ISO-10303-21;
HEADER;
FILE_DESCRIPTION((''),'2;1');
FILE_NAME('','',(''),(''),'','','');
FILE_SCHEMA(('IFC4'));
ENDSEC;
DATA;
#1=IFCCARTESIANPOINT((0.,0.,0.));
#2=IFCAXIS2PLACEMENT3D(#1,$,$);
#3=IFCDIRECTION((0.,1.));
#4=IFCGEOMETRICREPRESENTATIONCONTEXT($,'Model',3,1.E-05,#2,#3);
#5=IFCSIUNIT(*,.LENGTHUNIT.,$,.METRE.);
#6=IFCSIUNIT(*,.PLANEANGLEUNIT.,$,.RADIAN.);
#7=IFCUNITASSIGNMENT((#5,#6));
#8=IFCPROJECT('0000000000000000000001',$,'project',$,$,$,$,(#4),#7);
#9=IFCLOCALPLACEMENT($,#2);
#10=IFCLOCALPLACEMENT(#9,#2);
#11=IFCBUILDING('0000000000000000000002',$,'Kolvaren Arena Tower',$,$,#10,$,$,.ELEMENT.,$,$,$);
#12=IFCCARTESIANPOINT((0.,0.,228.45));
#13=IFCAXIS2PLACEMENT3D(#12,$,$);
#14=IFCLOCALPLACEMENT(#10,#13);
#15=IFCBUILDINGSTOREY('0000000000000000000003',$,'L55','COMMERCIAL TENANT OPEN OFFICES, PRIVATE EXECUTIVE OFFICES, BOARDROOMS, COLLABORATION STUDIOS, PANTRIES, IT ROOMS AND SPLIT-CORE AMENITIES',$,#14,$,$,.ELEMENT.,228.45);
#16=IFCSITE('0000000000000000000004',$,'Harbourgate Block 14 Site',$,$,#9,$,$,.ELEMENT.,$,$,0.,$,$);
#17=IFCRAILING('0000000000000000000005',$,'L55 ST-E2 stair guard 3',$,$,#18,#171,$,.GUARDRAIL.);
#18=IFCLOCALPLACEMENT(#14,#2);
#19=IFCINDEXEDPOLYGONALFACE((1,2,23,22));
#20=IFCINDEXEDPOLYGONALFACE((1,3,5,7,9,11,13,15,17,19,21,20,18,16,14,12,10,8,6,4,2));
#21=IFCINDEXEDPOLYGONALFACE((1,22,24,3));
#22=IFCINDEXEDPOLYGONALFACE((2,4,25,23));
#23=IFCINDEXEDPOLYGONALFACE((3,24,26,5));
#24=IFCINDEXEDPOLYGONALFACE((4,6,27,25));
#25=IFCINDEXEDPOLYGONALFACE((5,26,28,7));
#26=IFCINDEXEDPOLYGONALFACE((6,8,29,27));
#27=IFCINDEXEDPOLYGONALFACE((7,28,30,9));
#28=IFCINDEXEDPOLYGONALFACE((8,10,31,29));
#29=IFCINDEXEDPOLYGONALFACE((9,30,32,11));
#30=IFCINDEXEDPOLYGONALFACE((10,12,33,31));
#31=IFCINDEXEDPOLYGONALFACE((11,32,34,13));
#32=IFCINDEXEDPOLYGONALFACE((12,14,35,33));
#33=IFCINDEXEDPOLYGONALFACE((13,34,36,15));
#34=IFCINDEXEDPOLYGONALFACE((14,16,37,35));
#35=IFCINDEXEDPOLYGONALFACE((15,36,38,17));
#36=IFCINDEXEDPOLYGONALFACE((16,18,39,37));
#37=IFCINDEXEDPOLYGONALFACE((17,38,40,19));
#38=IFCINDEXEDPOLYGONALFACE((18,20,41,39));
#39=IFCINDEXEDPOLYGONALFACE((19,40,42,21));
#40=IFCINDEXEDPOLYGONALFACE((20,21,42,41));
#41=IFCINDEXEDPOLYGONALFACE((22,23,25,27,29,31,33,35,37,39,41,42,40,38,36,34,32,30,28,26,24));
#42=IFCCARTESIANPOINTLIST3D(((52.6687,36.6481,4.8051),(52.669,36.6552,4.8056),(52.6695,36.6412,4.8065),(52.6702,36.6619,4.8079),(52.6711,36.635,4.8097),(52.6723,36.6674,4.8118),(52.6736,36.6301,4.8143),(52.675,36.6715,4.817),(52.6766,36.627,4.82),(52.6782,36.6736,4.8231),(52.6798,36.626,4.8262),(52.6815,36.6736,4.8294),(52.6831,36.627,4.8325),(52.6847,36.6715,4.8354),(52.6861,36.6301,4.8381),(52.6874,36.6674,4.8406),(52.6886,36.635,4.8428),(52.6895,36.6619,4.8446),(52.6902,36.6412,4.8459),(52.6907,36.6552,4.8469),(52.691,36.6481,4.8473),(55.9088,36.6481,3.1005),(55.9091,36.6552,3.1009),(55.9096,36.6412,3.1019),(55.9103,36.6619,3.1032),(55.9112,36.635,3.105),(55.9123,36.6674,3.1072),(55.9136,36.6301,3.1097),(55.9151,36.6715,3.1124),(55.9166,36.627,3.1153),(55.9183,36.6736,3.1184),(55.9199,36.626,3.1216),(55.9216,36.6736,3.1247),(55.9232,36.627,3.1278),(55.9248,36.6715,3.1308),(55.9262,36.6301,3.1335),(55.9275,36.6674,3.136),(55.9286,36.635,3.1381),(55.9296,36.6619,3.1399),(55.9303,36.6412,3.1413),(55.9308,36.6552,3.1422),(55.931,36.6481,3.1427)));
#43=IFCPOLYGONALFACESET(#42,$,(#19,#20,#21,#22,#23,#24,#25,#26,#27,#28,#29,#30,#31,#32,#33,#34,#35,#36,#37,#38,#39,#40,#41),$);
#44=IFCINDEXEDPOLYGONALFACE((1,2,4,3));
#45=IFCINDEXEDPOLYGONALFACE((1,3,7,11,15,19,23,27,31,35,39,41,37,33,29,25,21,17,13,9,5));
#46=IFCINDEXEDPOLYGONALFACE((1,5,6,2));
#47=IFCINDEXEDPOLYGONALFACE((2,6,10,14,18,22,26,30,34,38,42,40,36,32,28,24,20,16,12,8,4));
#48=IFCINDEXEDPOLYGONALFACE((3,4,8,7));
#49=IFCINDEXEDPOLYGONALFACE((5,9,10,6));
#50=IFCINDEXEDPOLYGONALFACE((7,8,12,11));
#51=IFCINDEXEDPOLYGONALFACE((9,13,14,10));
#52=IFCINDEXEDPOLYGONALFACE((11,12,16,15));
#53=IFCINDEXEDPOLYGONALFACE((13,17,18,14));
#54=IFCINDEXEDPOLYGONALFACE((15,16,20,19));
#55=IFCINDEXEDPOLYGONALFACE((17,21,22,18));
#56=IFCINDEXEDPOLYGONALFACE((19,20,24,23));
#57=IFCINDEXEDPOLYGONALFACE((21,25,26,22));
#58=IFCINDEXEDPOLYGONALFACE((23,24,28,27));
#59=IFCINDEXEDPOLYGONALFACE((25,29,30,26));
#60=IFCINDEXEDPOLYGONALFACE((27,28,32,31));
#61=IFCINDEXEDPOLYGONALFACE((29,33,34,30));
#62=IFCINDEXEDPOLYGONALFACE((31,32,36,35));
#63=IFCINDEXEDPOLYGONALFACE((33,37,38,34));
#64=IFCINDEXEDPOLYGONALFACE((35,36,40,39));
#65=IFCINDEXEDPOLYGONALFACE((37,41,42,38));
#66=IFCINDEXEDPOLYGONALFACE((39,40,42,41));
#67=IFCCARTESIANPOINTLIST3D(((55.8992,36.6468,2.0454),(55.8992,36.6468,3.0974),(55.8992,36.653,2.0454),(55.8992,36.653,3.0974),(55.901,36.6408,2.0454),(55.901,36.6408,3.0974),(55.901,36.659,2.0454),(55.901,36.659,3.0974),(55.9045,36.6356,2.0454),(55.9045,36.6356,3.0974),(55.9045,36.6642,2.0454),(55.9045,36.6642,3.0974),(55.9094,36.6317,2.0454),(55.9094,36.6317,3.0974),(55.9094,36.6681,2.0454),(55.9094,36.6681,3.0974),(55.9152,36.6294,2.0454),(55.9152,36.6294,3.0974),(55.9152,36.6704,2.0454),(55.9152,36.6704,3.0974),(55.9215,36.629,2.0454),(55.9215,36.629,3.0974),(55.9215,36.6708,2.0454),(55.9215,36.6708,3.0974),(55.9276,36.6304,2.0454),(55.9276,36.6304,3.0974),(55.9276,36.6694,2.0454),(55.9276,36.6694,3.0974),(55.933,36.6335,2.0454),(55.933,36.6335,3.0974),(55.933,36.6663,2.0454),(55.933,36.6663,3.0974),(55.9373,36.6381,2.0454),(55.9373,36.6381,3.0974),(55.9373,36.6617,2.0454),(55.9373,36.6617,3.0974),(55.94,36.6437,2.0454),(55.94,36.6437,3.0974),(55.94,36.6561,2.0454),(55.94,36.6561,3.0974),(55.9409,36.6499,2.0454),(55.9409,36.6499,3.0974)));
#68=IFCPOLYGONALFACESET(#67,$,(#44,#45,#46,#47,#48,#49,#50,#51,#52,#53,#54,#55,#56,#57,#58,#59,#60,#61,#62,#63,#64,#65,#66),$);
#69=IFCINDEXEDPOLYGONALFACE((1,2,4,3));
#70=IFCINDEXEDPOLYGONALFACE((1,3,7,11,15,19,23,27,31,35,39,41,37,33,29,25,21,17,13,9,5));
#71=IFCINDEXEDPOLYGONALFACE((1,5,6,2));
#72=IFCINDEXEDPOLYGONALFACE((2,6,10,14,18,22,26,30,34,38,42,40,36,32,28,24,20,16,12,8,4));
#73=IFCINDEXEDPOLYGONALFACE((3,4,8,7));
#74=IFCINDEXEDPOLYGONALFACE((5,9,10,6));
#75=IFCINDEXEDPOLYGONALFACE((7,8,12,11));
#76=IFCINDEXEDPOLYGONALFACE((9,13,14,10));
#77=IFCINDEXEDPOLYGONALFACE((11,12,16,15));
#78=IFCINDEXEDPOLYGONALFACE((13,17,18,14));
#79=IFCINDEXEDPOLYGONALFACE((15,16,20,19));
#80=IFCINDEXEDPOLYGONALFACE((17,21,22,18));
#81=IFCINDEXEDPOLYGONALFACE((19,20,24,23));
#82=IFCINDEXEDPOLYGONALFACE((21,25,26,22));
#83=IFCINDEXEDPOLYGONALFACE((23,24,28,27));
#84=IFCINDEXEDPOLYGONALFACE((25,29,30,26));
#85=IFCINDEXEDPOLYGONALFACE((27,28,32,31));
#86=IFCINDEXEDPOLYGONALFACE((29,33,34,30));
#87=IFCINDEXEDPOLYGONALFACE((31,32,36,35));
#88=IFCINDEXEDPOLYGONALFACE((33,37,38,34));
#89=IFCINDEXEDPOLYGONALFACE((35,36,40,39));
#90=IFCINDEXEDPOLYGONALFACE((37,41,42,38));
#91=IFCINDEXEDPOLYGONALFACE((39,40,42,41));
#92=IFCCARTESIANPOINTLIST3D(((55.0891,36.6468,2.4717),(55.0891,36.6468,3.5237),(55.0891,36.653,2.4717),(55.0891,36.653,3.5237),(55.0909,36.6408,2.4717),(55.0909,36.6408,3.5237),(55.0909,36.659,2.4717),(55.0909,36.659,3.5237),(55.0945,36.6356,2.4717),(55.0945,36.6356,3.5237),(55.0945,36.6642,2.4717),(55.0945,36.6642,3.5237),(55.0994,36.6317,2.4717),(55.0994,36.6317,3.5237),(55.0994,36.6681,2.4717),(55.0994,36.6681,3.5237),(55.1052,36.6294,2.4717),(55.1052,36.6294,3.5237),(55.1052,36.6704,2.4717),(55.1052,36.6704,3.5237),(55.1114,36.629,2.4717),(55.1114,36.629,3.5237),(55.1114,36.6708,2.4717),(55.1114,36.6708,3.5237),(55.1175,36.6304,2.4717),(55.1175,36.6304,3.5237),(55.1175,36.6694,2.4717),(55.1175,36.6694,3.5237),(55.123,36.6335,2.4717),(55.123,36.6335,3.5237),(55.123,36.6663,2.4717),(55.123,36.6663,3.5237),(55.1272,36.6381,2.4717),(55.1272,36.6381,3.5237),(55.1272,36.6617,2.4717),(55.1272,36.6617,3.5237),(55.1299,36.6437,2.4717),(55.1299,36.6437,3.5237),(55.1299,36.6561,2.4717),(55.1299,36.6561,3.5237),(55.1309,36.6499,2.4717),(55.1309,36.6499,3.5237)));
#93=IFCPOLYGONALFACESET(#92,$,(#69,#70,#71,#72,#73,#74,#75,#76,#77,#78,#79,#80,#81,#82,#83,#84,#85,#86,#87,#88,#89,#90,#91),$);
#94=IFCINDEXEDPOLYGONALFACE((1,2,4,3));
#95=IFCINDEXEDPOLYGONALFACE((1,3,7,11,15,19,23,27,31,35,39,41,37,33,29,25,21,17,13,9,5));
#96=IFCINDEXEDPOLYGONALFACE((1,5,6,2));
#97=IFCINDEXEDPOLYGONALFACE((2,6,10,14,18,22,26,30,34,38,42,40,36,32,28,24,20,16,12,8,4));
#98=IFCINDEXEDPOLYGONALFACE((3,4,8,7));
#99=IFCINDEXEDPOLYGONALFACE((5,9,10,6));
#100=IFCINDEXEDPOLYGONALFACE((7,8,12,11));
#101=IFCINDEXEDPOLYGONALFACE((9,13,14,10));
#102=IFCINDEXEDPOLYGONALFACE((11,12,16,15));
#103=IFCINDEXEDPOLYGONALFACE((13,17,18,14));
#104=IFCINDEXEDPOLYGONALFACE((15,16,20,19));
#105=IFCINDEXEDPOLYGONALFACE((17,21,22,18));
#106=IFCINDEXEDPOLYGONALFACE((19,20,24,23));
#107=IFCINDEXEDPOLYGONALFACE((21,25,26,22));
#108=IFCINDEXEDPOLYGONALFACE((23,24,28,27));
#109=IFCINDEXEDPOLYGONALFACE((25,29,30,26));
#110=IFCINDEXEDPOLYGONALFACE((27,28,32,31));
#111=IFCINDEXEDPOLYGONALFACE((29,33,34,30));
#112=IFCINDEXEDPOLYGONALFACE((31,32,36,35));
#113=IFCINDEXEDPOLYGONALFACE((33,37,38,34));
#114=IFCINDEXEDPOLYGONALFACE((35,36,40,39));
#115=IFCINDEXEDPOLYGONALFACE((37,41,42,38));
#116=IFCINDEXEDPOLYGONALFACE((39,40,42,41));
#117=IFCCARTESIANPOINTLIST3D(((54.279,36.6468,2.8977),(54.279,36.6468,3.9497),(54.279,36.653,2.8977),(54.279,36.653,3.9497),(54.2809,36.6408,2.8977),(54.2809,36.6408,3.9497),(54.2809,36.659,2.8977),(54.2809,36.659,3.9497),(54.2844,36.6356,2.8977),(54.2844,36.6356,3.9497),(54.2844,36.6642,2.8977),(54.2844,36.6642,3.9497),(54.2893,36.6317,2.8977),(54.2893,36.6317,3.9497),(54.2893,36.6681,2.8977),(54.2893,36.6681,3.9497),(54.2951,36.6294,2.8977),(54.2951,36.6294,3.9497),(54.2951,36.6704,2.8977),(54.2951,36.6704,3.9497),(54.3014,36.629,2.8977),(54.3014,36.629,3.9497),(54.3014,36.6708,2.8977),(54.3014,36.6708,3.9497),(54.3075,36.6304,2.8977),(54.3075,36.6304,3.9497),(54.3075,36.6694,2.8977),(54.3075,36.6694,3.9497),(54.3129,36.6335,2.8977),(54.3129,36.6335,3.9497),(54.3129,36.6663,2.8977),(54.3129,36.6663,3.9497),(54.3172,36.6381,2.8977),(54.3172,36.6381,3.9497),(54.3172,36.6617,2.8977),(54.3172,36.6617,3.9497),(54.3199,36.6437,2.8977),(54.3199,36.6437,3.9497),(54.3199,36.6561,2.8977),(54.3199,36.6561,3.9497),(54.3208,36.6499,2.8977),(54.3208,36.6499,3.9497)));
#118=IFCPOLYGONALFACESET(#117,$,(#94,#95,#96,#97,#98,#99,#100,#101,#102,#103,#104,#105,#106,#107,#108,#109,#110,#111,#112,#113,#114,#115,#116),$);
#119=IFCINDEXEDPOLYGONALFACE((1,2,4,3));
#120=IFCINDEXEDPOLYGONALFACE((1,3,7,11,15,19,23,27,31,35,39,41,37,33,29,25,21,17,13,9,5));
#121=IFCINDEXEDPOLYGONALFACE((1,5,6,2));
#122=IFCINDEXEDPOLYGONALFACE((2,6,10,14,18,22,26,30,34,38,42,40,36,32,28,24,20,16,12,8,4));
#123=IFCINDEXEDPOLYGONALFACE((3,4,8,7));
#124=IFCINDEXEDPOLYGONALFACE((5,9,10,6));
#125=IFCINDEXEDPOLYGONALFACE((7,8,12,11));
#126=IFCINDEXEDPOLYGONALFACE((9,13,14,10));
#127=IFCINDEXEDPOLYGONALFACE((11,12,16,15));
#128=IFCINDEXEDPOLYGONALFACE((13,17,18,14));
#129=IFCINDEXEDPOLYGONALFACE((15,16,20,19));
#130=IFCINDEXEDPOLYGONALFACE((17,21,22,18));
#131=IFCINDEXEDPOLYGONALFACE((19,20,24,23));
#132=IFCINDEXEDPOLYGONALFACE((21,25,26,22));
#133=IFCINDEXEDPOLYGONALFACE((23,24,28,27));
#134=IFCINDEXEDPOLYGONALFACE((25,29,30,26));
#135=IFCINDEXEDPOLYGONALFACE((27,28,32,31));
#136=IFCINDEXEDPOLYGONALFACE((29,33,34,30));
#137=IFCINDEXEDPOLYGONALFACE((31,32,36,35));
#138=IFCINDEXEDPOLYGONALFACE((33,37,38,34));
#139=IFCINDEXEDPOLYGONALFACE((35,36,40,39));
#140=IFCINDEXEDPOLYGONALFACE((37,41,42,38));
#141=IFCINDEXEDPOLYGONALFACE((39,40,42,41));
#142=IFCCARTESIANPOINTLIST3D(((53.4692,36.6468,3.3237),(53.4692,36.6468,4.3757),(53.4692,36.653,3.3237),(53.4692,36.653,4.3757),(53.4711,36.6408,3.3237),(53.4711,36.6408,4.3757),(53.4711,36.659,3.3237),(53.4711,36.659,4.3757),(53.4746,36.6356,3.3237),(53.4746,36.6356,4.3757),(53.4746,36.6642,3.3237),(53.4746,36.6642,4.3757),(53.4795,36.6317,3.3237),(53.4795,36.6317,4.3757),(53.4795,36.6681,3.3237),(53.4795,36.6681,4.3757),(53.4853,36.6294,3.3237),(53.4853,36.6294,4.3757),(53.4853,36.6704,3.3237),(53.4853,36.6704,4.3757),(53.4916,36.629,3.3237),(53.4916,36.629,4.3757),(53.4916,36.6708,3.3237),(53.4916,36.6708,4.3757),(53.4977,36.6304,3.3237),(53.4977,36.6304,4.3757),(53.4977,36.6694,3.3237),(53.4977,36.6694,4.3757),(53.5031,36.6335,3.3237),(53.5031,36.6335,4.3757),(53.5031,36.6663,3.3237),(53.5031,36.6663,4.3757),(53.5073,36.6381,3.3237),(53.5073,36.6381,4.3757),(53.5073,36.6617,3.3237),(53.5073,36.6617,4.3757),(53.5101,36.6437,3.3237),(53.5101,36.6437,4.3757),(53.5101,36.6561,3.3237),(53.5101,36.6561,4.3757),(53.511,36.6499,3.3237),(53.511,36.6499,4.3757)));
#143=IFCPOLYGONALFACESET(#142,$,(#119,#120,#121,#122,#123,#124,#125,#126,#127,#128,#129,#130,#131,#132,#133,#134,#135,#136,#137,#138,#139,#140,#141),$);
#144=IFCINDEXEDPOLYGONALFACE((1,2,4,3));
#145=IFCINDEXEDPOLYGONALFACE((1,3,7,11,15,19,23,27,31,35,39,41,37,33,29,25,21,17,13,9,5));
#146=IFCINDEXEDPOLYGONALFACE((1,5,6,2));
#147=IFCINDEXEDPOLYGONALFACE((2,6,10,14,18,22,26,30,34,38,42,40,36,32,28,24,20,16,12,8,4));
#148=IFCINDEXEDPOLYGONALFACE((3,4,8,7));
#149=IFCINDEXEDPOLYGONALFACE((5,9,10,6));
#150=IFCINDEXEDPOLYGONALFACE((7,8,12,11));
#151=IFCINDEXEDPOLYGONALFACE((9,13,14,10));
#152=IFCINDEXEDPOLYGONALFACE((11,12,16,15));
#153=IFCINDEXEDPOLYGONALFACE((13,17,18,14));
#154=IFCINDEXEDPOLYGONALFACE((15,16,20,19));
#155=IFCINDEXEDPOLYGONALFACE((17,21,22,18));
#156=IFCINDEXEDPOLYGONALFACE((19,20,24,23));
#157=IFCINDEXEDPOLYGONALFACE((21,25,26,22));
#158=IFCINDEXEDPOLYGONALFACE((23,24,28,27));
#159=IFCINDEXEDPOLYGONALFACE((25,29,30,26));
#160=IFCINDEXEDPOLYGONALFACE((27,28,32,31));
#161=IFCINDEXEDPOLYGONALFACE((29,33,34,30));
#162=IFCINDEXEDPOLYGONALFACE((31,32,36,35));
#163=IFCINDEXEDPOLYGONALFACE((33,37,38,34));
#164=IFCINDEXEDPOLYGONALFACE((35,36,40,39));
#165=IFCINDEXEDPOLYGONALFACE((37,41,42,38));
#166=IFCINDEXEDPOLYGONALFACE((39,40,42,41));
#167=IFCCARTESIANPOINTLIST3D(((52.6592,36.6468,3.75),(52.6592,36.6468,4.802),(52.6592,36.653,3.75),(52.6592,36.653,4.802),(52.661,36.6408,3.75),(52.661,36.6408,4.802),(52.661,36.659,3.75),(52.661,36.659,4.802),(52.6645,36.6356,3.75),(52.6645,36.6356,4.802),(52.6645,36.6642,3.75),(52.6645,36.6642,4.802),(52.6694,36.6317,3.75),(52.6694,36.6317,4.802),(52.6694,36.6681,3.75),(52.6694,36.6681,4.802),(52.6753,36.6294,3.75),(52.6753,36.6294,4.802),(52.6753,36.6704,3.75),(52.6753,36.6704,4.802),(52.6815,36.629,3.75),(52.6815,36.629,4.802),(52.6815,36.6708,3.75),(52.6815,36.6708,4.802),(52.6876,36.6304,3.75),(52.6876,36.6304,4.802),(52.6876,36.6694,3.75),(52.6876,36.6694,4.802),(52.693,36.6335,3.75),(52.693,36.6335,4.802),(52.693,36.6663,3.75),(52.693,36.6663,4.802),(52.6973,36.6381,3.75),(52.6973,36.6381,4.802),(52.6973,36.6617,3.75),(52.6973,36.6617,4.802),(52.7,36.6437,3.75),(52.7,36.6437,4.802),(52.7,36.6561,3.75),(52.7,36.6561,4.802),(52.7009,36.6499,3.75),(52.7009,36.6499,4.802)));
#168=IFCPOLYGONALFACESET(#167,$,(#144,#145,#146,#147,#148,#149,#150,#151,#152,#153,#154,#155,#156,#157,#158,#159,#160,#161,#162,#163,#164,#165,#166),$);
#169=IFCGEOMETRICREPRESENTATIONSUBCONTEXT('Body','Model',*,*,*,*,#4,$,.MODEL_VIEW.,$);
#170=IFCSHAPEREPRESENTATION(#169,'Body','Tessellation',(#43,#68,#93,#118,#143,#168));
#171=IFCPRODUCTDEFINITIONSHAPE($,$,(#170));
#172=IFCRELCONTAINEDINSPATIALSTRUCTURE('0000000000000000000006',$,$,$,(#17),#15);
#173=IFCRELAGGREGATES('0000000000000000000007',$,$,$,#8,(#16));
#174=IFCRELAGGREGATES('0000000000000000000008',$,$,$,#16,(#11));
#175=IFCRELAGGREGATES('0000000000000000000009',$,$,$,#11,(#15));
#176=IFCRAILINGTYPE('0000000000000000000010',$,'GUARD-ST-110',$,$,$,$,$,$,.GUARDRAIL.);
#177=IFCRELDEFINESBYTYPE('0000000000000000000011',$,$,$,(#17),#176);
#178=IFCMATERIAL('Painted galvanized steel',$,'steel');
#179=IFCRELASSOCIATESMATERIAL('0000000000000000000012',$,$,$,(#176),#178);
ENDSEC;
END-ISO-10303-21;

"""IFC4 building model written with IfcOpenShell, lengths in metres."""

from ifc_helpers import new_model, si_unit, direction, frame, origin, origin_2d, place, context, subcontext, project, spatial, circle, extrude, material, type_object, element, save


model = new_model("IFC4")

# Units and contexts
model_context = context("Model", 3, precision=1e-05, world=origin(), true_north=direction((0.0, 1.0)))
body_context = subcontext(model_context, "Body", "Model", "MODEL_VIEW")
ifc_project = project(units=[si_unit("LENGTHUNIT", "METRE"), si_unit("PLANEANGLEUNIT", "RADIAN")], contexts=[model_context])

# Site, building, storey
site_placement = place(None, origin())
site = spatial("IfcSite", under=ifc_project, at=site_placement, Name="Harbourgate Block 14 Site", CompositionType="ELEMENT", RefElevation=0.0)
building_placement = place(site_placement, origin())
building = spatial("IfcBuilding", under=site, at=building_placement, Name="Kolvaren Arena Tower", CompositionType="ELEMENT")
storey_placement = place(building_placement, frame((0.0, 0.0, 228.45)))
storey = spatial("IfcBuildingStorey", under=building, at=storey_placement, Name="L55", Description="COMMERCIAL TENANT OPEN OFFICES, PRIVATE EXECUTIVE OFFICES, BOARDROOMS, COLLABORATION STUDIOS, PANTRIES, IT ROOMS AND SPLIT-CORE AMENITIES", CompositionType="ELEMENT", Elevation=228.45)

# Railing
ifc_material_1 = material(Name="Painted galvanized steel", Category="steel")
railing_type_1 = type_object("IfcRailingType", Name="GUARD-ST-110", PredefinedType="GUARDRAIL", material=ifc_material_1)
railing_1_placement = place(storey_placement, frame((55.9199, 36.6499, 2.0454)))
element("IfcRailing", 1, at=railing_1_placement, inside=storey, type_object=railing_type_1, Name="L55 ST-E2 stair guard 3", PredefinedType="GUARDRAIL", context=body_context, shape_type="SweptSolid", body=[
    extrude(circle(Radius=0.0239, at=origin_2d()), frame((0.0, 0.0, 1.0762), z_axis=(-0.884993, 0.0, 0.465604), x_axis=(0.0, -1.0, 0.0)), (0.0, 0.0, 1.0), 3.6611),
    extrude(circle(Radius=0.021, at=origin_2d()), origin(), (0.0, 0.0, 1.0), 1.052),
    extrude(circle(Radius=0.021, at=origin_2d()), frame((-0.8101, 0.0, 0.4263)), (0.0, 0.0, 1.0), 1.052),
    extrude(circle(Radius=0.021, at=origin_2d()), frame((-1.6201, 0.0, 0.8523)), (0.0, 0.0, 1.0), 1.052),
    extrude(circle(Radius=0.021, at=origin_2d()), frame((-2.4299, 0.0, 1.2783)), (0.0, 0.0, 1.0), 1.052),
    extrude(circle(Radius=0.021, at=origin_2d()), frame((-3.24, 0.0, 1.7046)), (0.0, 0.0, 1.0), 1.052),
])

save(model, "model.ifc")
